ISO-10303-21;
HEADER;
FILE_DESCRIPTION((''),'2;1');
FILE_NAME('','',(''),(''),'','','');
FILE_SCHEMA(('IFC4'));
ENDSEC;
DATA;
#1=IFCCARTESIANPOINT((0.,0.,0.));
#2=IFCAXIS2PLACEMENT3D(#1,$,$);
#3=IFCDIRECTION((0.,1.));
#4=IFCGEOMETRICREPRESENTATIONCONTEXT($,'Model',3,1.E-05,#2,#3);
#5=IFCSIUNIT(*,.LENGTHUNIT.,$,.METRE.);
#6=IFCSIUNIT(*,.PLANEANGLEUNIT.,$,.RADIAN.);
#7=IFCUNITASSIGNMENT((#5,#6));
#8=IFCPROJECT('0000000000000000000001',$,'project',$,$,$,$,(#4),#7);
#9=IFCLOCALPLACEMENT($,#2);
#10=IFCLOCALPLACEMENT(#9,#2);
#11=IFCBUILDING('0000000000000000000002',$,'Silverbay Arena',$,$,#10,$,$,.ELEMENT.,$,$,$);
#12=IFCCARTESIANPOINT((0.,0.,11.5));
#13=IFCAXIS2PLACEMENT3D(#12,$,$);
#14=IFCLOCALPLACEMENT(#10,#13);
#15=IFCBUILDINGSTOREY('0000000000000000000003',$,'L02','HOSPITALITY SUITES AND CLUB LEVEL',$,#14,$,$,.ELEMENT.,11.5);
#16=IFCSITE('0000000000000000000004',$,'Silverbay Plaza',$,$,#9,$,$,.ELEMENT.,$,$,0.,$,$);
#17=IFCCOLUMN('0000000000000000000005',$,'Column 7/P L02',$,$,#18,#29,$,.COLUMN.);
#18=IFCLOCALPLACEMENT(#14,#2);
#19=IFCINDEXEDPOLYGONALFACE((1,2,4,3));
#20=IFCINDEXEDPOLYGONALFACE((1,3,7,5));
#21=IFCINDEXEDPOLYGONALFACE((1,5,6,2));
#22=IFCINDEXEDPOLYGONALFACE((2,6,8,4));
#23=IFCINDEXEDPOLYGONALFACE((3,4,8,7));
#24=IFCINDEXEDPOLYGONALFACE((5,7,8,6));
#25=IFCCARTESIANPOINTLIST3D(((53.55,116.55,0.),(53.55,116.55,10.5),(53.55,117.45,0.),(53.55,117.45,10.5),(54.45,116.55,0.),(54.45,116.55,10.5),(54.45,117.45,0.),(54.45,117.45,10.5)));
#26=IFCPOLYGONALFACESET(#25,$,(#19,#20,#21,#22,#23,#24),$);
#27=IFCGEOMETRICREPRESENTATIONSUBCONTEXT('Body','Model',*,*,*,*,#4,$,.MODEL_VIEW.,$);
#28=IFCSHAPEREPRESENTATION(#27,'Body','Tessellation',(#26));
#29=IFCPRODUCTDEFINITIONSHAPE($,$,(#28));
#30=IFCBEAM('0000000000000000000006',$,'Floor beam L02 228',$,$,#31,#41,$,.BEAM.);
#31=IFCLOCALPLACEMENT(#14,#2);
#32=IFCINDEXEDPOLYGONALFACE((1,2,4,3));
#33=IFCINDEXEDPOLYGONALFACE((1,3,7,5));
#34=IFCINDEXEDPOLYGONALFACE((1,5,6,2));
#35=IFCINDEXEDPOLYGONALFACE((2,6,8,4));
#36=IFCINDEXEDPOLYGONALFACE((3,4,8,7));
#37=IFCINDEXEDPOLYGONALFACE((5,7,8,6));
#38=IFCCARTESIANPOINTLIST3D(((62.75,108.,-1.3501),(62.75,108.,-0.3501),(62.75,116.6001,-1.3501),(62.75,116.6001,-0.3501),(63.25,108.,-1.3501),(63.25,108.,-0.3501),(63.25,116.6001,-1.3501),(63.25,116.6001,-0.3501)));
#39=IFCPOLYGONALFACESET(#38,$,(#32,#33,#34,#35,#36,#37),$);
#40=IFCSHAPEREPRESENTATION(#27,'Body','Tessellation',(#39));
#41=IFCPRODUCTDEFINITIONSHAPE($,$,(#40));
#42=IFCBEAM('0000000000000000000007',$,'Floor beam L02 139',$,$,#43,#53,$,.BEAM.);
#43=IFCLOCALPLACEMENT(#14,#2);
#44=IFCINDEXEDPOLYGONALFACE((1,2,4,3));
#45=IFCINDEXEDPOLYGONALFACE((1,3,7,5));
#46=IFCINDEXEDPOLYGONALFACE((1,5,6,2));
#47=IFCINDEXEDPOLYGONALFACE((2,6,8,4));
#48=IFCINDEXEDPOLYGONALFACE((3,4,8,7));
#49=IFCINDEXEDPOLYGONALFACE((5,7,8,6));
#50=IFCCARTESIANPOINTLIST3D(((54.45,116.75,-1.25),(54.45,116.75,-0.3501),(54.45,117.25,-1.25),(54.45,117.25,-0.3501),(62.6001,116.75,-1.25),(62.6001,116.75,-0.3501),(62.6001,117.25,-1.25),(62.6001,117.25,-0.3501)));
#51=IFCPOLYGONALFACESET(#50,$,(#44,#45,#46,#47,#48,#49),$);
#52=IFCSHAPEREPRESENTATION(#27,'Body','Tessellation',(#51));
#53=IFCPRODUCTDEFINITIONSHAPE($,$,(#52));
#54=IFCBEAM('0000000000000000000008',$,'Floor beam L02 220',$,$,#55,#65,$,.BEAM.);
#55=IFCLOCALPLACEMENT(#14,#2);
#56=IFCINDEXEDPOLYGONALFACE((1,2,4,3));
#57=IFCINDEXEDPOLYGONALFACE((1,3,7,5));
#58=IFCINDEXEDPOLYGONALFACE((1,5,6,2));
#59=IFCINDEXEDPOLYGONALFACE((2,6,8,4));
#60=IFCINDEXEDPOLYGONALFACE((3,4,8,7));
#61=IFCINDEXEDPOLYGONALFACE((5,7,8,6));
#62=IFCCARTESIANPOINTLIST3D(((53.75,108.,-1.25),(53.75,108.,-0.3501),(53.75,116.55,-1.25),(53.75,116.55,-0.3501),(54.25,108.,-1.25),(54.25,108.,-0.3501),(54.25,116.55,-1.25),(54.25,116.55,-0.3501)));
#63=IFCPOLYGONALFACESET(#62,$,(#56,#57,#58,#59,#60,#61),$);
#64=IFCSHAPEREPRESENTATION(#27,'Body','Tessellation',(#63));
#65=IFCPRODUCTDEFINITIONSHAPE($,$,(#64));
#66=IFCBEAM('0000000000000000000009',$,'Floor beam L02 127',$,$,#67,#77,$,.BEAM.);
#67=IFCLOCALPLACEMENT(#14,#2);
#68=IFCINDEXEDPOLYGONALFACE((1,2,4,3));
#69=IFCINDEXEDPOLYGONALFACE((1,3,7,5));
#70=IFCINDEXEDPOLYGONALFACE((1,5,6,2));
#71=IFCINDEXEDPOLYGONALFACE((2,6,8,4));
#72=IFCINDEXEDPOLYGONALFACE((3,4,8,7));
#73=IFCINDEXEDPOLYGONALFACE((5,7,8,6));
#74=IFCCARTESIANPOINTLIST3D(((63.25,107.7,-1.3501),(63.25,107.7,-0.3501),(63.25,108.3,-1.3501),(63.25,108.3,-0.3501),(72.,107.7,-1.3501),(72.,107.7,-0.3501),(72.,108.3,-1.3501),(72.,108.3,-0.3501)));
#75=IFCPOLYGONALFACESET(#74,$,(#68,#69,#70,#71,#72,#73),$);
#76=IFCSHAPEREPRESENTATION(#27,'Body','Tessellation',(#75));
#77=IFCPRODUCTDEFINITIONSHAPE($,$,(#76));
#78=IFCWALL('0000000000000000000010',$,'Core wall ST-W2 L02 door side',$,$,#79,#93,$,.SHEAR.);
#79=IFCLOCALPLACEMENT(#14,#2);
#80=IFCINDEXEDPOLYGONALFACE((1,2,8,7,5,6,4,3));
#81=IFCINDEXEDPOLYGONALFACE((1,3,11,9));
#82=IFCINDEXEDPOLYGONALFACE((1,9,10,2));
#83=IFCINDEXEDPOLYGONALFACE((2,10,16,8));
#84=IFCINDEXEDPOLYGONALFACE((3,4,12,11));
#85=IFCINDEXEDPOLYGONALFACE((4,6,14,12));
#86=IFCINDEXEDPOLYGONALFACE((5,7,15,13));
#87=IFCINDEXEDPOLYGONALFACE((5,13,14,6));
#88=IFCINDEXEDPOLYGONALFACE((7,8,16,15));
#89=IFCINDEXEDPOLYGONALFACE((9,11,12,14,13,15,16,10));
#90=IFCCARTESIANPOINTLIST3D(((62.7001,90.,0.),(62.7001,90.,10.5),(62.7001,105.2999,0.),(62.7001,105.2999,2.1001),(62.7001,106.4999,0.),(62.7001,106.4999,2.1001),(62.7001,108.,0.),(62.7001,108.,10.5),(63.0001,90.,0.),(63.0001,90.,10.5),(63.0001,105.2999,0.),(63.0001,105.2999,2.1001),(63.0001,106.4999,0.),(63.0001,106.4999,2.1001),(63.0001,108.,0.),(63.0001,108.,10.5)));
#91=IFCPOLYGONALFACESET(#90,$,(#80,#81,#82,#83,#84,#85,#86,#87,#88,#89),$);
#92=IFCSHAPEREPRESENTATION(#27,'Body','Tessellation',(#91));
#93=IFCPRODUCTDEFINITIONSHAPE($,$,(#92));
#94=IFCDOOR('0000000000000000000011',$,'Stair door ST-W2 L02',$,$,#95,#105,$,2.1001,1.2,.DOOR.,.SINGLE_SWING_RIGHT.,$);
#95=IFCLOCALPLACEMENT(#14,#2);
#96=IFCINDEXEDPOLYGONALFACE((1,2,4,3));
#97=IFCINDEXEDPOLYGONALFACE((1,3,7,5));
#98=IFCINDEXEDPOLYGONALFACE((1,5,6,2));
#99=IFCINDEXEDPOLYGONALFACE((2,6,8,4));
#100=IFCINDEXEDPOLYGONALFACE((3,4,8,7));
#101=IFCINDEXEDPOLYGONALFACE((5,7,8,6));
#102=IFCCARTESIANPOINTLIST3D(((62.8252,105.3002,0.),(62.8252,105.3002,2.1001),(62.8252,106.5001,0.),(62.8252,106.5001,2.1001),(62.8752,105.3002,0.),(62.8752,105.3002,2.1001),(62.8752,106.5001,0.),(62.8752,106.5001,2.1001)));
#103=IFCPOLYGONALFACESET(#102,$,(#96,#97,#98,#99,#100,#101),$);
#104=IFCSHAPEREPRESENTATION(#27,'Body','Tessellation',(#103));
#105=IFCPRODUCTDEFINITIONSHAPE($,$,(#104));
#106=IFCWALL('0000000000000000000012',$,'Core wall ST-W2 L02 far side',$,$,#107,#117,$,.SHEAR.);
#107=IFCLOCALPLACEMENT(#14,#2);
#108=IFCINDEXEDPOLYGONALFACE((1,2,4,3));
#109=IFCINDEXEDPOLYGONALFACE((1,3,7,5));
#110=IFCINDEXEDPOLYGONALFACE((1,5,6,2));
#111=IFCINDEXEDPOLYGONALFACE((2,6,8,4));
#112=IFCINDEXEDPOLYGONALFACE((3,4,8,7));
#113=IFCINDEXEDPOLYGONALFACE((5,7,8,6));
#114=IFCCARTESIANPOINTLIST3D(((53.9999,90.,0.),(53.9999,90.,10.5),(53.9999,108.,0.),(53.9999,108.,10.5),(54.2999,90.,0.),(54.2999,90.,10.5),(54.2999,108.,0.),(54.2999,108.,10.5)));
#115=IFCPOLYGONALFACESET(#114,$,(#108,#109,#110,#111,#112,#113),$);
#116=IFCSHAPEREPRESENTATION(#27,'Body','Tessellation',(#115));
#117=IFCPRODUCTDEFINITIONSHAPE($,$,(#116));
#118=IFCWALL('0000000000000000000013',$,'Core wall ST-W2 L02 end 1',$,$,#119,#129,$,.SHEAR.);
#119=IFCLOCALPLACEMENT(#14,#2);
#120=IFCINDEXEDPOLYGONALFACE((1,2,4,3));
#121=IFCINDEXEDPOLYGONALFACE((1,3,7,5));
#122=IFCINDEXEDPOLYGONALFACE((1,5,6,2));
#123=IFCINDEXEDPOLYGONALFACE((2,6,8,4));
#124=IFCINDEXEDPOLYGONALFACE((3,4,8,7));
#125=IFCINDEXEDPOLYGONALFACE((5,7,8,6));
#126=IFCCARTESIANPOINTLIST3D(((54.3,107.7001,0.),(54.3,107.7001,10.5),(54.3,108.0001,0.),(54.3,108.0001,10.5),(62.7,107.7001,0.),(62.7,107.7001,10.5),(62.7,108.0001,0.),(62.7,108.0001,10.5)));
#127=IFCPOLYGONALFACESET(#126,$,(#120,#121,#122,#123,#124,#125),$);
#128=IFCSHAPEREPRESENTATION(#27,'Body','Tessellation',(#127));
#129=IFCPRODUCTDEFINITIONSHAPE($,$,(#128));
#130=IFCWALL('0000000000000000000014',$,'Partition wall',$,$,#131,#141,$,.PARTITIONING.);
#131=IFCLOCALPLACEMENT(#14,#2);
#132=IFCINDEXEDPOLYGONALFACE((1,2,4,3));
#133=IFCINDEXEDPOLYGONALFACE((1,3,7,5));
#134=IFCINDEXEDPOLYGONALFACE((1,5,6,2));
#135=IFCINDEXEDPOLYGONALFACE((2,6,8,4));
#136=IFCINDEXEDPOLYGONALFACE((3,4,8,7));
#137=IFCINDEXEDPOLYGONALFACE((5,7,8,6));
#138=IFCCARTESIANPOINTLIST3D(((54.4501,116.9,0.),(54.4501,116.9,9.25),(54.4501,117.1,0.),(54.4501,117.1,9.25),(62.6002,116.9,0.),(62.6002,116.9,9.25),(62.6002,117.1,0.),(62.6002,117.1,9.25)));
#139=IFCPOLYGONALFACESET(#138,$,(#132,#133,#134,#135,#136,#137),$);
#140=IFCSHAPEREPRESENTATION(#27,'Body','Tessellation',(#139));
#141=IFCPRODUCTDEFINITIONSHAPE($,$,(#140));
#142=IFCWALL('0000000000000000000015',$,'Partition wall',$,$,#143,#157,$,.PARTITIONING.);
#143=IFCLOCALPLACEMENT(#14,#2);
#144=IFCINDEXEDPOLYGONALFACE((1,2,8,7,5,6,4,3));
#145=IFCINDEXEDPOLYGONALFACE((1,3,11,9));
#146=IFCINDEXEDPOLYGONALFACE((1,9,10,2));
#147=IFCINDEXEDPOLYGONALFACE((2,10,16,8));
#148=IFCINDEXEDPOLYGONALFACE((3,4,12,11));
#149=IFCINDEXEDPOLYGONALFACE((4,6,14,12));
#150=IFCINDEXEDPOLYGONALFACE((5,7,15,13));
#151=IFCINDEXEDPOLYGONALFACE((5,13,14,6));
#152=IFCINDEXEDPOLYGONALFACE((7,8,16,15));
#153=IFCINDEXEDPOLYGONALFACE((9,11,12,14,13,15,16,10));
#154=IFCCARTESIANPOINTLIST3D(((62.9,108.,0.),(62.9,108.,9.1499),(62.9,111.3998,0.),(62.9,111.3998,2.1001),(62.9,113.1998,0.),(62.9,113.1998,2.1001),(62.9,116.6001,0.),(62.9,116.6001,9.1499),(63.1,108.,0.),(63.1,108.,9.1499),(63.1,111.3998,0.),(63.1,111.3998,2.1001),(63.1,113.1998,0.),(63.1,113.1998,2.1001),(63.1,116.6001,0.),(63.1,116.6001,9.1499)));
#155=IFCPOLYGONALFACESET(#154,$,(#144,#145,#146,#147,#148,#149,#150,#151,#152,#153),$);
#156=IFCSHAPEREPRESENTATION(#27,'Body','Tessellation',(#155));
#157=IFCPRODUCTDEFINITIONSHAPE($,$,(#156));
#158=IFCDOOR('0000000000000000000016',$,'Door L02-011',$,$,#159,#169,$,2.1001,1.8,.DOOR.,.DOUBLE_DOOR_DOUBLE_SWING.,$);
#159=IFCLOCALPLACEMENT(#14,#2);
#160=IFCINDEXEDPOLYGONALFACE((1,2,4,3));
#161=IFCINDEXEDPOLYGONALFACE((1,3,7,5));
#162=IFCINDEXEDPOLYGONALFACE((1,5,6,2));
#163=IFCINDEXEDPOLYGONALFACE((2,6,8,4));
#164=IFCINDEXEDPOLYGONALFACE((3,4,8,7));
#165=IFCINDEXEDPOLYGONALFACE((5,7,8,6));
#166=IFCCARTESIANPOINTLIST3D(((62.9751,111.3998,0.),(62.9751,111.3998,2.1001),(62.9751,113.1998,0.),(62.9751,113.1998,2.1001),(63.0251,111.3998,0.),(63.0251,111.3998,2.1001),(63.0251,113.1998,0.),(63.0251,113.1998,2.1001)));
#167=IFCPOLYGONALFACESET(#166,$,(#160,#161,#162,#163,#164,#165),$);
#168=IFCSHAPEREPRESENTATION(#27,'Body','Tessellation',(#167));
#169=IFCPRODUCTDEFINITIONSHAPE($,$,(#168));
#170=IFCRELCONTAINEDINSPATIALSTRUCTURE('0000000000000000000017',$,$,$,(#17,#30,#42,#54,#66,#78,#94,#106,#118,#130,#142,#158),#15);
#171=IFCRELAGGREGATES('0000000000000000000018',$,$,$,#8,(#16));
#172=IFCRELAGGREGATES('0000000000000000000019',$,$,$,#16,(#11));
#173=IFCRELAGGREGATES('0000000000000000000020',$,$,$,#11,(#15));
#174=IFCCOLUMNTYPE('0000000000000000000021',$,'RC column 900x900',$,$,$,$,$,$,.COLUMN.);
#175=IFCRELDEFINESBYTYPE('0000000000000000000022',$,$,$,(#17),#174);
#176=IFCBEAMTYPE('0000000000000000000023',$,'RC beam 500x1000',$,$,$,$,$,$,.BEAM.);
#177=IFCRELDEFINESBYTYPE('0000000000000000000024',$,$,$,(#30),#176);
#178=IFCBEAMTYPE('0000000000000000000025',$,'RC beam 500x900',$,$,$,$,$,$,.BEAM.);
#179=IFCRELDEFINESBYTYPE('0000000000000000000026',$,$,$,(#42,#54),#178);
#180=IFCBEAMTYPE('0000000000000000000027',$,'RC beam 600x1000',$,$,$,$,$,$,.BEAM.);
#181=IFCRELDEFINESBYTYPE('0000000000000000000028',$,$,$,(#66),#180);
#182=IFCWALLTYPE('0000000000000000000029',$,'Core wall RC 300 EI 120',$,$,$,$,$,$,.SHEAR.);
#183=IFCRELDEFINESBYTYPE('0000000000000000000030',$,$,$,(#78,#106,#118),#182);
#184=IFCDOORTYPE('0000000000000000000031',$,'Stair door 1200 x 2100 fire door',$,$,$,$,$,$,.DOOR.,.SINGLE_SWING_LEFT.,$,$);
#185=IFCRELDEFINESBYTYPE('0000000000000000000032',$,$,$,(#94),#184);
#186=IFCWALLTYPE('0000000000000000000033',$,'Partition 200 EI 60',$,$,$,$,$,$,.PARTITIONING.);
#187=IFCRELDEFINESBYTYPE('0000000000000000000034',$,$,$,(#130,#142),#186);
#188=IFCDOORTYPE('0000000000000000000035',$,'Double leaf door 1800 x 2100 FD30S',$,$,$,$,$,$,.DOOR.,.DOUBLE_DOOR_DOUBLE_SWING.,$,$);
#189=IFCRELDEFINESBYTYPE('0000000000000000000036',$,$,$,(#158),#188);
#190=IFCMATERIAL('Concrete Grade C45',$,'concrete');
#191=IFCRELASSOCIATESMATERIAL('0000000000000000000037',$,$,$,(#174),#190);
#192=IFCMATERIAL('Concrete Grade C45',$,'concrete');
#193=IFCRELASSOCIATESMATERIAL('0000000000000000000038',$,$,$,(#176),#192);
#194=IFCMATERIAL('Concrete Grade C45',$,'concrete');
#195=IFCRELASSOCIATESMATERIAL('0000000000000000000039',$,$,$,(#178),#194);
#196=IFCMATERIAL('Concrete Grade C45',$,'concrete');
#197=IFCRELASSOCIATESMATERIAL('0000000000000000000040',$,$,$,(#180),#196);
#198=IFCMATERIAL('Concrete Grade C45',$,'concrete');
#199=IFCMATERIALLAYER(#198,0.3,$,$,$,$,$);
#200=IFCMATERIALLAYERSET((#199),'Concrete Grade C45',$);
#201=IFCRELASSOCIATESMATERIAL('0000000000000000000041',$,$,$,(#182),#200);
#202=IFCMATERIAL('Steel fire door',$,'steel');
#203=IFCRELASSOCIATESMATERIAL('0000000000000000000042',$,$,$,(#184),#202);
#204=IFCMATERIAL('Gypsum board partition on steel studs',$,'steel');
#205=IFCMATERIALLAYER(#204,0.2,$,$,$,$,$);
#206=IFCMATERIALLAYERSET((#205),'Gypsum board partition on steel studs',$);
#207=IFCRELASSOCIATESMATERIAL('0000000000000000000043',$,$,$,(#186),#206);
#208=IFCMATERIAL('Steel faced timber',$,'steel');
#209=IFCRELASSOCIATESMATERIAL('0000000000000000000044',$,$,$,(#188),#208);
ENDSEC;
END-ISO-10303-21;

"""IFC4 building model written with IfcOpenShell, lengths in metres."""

from ifc_helpers import new_model, si_unit, direction, frame, frame_2d, origin, origin_2d, place, context, subcontext, project, spatial, rectangle, extrude, material, layer, layer_set, material_profile, profile_set, type_object, element, fill, save


model = new_model("IFC4")

# Units and contexts
model_context = context("Model", 3, precision=1e-05, world=origin(), true_north=direction((0.0, 1.0)))
body_context = subcontext(model_context, "Body", "Model", "MODEL_VIEW")
ifc_project = project(units=[si_unit("LENGTHUNIT", "METRE"), si_unit("PLANEANGLEUNIT", "RADIAN")], contexts=[model_context])

# Site, building, storey
site_placement = place(None, origin())
site = spatial("IfcSite", under=ifc_project, at=site_placement, Name="Silverbay Plaza", CompositionType="ELEMENT", RefElevation=0.0)
building_placement = place(site_placement, origin())
building = spatial("IfcBuilding", under=site, at=building_placement, Name="Silverbay Arena", CompositionType="ELEMENT")
storey_placement = place(building_placement, frame((0.0, 0.0, 11.5)))
storey = spatial("IfcBuildingStorey", under=building, at=storey_placement, Name="L02", Description="HOSPITALITY SUITES AND CLUB LEVEL", CompositionType="ELEMENT", Elevation=11.5)

# Column
ifc_material_1 = material(Name="Concrete Grade C45", Category="concrete")
ifc_material_profile_1 = material_profile(ifc_material_1, rectangle(XDim=0.8999, YDim=0.8999, at=origin_2d()), Name="RC 900x900")
ifc_profile_set_1 = profile_set([ifc_material_profile_1], Name="Concrete Grade C45")
column_type = type_object("IfcColumnType", Name="RC column 900x900", PredefinedType="COLUMN", material=ifc_profile_set_1)
column_placement = place(storey_placement, frame((54.0, 117.0, 0.0), z_axis=(0.0, 0.0, 1.0), x_axis=(1.0, 0.0, 0.0)))
element("IfcColumn", 1, at=column_placement, inside=storey, type_object=column_type, Name="Column 7/P L02", PredefinedType="COLUMN", context=body_context, shape_type="SweptSolid", body=[
    extrude(rectangle(XDim=0.8999, YDim=0.8999, at=origin_2d()), origin(), (0.0, 0.0, 1.0), 10.5),
])

# Beams
ifc_material_2 = material(Name="Concrete Grade C45", Category="concrete")
ifc_material_profile_2 = material_profile(ifc_material_2, rectangle(XDim=0.5, YDim=1.0, at=origin_2d()), Name="RC 500x1000")
ifc_profile_set_2 = profile_set([ifc_material_profile_2], Name="Concrete Grade C45")
beam_type_1 = type_object("IfcBeamType", Name="RC beam 500x1000", PredefinedType="BEAM", material=ifc_profile_set_2)
beam_1_placement = place(storey_placement, frame((63.0, 108.0, -0.8501), z_axis=(0.0, 1.0, 0.0), x_axis=(-1.0, 0.0, 0.0)))
element("IfcBeam", 2, at=beam_1_placement, inside=storey, type_object=beam_type_1, Name="Floor beam L02 228", PredefinedType="BEAM", context=body_context, shape_type="SweptSolid", body=[
    extrude(rectangle(XDim=0.5, YDim=1.0, at=origin_2d()), origin(), (0.0, 0.0, 1.0), 8.6001),
])
ifc_material_3 = material(Name="Concrete Grade C45", Category="concrete")
ifc_material_profile_3 = material_profile(ifc_material_3, rectangle(XDim=0.5, YDim=0.8999, at=origin_2d()), Name="RC 500x900")
ifc_profile_set_3 = profile_set([ifc_material_profile_3], Name="Concrete Grade C45")
beam_type_2 = type_object("IfcBeamType", Name="RC beam 500x900", PredefinedType="BEAM", material=ifc_profile_set_3)
beam_2_placement = place(storey_placement, frame((54.45, 117.0, -0.8), z_axis=(1.0, 0.0, 0.0), x_axis=(0.0, 1.0, 0.0)))
element("IfcBeam", 3, at=beam_2_placement, inside=storey, type_object=beam_type_2, Name="Floor beam L02 139", PredefinedType="BEAM", context=body_context, shape_type="SweptSolid", body=[
    extrude(rectangle(XDim=0.5, YDim=0.8999, at=origin_2d()), origin(), (0.0, 0.0, 1.0), 8.1501),
])
beam_3_placement = place(storey_placement, frame((54.0, 108.0, -0.8), z_axis=(0.0, 1.0, 0.0), x_axis=(-1.0, 0.0, 0.0)))
element("IfcBeam", 4, at=beam_3_placement, inside=storey, type_object=beam_type_2, Name="Floor beam L02 220", PredefinedType="BEAM", context=body_context, shape_type="SweptSolid", body=[
    extrude(rectangle(XDim=0.5, YDim=0.8999, at=origin_2d()), origin(), (0.0, 0.0, 1.0), 8.55),
])
ifc_material_4 = material(Name="Concrete Grade C45", Category="concrete")
ifc_material_profile_4 = material_profile(ifc_material_4, rectangle(XDim=0.6001, YDim=1.0, at=origin_2d()), Name="RC 600x1000")
ifc_profile_set_4 = profile_set([ifc_material_profile_4], Name="Concrete Grade C45")
beam_type_3 = type_object("IfcBeamType", Name="RC beam 600x1000", PredefinedType="BEAM", material=ifc_profile_set_4)
beam_4_placement = place(storey_placement, frame((63.25, 108.0, -0.8501), z_axis=(1.0, 0.0, 0.0), x_axis=(0.0, 1.0, 0.0)))
element("IfcBeam", 5, at=beam_4_placement, inside=storey, type_object=beam_type_3, Name="Floor beam L02 127", PredefinedType="BEAM", context=body_context, shape_type="SweptSolid", body=[
    extrude(rectangle(XDim=0.6001, YDim=1.0, at=origin_2d()), origin(), (0.0, 0.0, 1.0), 8.75),
])

# Wall, opening, door
ifc_material_5 = material(Name="Concrete Grade C45", Category="concrete")
ifc_layer_1 = layer(ifc_material_5, 0.3)
ifc_layer_set_1 = layer_set([ifc_layer_1], Name="Concrete Grade C45")
wall_type_1 = type_object("IfcWallType", Name="Core wall RC 300 EI 120", PredefinedType="SHEAR", material=ifc_layer_set_1)
wall_1_placement = place(storey_placement, frame((62.8501, 108.0, 0.0), z_axis=(0.0, 0.0, 1.0), x_axis=(0.0, -1.0, 0.0)))
wall_1 = element("IfcWall", 6, at=wall_1_placement, inside=storey, type_object=wall_type_1, Name="Core wall ST-W2 L02 door side", PredefinedType="SHEAR", context=body_context, shape_type="SweptSolid", body=[
    extrude(rectangle(XDim=18.0, YDim=0.3, at=frame_2d((9.0, 0.0))), origin(), (0.0, 0.0, 1.0), 10.5),
])
opening_1_placement = place(wall_1_placement, frame((1.5, 0.0, 0.0)))
opening_1 = element("IfcOpeningElement", 7, at=opening_1_placement, cuts=wall_1, PredefinedType="OPENING", context=body_context, shape_type="SweptSolid", body=[
    extrude(rectangle(XDim=1.2, YDim=2.1001, at=frame_2d((0.6001, 1.05))), frame((0.0, 0.1602, 0.0), z_axis=(0.0, -1.0, 0.0), x_axis=(1.0, 0.0, 0.0)), (0.0, 0.0, 1.0), 0.3201),
])
ifc_material_6 = material(Name="Steel fire door", Category="steel")
door_type_1 = type_object("IfcDoorType", Name="Stair door 1200 x 2100 fire door", OperationType="SINGLE_SWING_LEFT", PredefinedType="DOOR", material=ifc_material_6)
door_1_placement = place(opening_1_placement, frame((1.2, 0.0, 0.0), z_axis=(0.0, 0.0, 1.0), x_axis=(-1.0, 0.0, 0.0)))
door_1 = element("IfcDoor", 8, at=door_1_placement, inside=storey, type_object=door_type_1, Name="Stair door ST-W2 L02", OperationType="SINGLE_SWING_RIGHT", OverallHeight=2.1001, OverallWidth=1.2, PredefinedType="DOOR", context=body_context, shape_type="SweptSolid", body=[
    extrude(rectangle(XDim=1.2, YDim=2.1001, at=frame_2d((0.6001, 1.05))), frame((0.0, 0.0249, 0.0), z_axis=(0.0, -1.0, 0.0), x_axis=(1.0, 0.0, 0.0)), (0.0, 0.0, 1.0), 0.05),
])
fill(opening_1, door_1)

# Walls
wall_2_placement = place(storey_placement, frame((54.1499, 108.0, 0.0), z_axis=(0.0, 0.0, 1.0), x_axis=(0.0, -1.0, 0.0)))
element("IfcWall", 9, at=wall_2_placement, inside=storey, type_object=wall_type_1, Name="Core wall ST-W2 L02 far side", PredefinedType="SHEAR", context=body_context, shape_type="SweptSolid", body=[
    extrude(rectangle(XDim=18.0, YDim=0.3, at=frame_2d((9.0, 0.0))), origin(), (0.0, 0.0, 1.0), 10.5),
])
wall_3_placement = place(storey_placement, frame((62.7, 107.8501, 0.0), z_axis=(0.0, 0.0, 1.0), x_axis=(-1.0, 0.0, 0.0)))
element("IfcWall", 10, at=wall_3_placement, inside=storey, type_object=wall_type_1, Name="Core wall ST-W2 L02 end 1", PredefinedType="SHEAR", context=body_context, shape_type="SweptSolid", body=[
    extrude(rectangle(XDim=8.3999, YDim=0.3, at=frame_2d((4.2, 0.0))), origin(), (0.0, 0.0, 1.0), 10.5),
])
ifc_material_7 = material(Name="Gypsum board partition on steel studs", Category="steel")
ifc_layer_2 = layer(ifc_material_7, 0.2)
ifc_layer_set_2 = layer_set([ifc_layer_2], Name="Gypsum board partition on steel studs")
wall_type_2 = type_object("IfcWallType", Name="Partition 200 EI 60", PredefinedType="PARTITIONING", material=ifc_layer_set_2)
wall_4_placement = place(storey_placement, frame((54.45, 117.0, 0.0), z_axis=(0.0, 0.0, 1.0), x_axis=(1.0, 0.0, 0.0)))
element("IfcWall", 11, at=wall_4_placement, inside=storey, type_object=wall_type_2, Name="Partition wall", PredefinedType="PARTITIONING", context=body_context, shape_type="SweptSolid", body=[
    extrude(rectangle(XDim=8.1501, YDim=0.2, at=frame_2d((4.0752, 0.0))), origin(), (0.0, 0.0, 1.0), 9.25),
])

# Wall, opening, door
wall_5_placement = place(storey_placement, frame((63.0, 108.0, 0.0), z_axis=(0.0, 0.0, 1.0), x_axis=(0.0, 1.0, 0.0)))
wall_5 = element("IfcWall", 12, at=wall_5_placement, inside=storey, type_object=wall_type_2, Name="Partition wall", PredefinedType="PARTITIONING", context=body_context, shape_type="SweptSolid", body=[
    extrude(rectangle(XDim=8.6001, YDim=0.2, at=frame_2d((4.3, 0.0))), origin(), (0.0, 0.0, 1.0), 9.1499),
])
opening_2_placement = place(wall_5_placement, frame((3.3999, 0.0, 0.0)))
opening_2 = element("IfcOpeningElement", 13, at=opening_2_placement, cuts=wall_5, PredefinedType="OPENING", context=body_context, shape_type="SweptSolid", body=[
    extrude(rectangle(XDim=1.8, YDim=2.1001, at=frame_2d((0.8999, 1.05))), frame((0.0, 0.1099, 0.0), z_axis=(0.0, -1.0, 0.0), x_axis=(1.0, 0.0, 0.0)), (0.0, 0.0, 1.0), 0.22),
])
ifc_material_8 = material(Name="Steel faced timber", Category="steel")
door_type_2 = type_object("IfcDoorType", Name="Double leaf door 1800 x 2100 FD30S", OperationType="DOUBLE_DOOR_DOUBLE_SWING", PredefinedType="DOOR", material=ifc_material_8)
door_2_placement = place(opening_2_placement, origin())
door_2 = element("IfcDoor", 14, at=door_2_placement, inside=storey, type_object=door_type_2, Name="Door L02-011", OperationType="DOUBLE_DOOR_DOUBLE_SWING", OverallHeight=2.1001, OverallWidth=1.8, PredefinedType="DOOR", context=body_context, shape_type="SweptSolid", body=[
    extrude(rectangle(XDim=1.8, YDim=2.1001, at=frame_2d((0.8999, 1.05))), frame((0.0, 0.0249, 0.0), z_axis=(0.0, -1.0, 0.0), x_axis=(1.0, 0.0, 0.0)), (0.0, 0.0, 1.0), 0.05),
])
fill(opening_2, door_2)

save(model, "model.ifc")
